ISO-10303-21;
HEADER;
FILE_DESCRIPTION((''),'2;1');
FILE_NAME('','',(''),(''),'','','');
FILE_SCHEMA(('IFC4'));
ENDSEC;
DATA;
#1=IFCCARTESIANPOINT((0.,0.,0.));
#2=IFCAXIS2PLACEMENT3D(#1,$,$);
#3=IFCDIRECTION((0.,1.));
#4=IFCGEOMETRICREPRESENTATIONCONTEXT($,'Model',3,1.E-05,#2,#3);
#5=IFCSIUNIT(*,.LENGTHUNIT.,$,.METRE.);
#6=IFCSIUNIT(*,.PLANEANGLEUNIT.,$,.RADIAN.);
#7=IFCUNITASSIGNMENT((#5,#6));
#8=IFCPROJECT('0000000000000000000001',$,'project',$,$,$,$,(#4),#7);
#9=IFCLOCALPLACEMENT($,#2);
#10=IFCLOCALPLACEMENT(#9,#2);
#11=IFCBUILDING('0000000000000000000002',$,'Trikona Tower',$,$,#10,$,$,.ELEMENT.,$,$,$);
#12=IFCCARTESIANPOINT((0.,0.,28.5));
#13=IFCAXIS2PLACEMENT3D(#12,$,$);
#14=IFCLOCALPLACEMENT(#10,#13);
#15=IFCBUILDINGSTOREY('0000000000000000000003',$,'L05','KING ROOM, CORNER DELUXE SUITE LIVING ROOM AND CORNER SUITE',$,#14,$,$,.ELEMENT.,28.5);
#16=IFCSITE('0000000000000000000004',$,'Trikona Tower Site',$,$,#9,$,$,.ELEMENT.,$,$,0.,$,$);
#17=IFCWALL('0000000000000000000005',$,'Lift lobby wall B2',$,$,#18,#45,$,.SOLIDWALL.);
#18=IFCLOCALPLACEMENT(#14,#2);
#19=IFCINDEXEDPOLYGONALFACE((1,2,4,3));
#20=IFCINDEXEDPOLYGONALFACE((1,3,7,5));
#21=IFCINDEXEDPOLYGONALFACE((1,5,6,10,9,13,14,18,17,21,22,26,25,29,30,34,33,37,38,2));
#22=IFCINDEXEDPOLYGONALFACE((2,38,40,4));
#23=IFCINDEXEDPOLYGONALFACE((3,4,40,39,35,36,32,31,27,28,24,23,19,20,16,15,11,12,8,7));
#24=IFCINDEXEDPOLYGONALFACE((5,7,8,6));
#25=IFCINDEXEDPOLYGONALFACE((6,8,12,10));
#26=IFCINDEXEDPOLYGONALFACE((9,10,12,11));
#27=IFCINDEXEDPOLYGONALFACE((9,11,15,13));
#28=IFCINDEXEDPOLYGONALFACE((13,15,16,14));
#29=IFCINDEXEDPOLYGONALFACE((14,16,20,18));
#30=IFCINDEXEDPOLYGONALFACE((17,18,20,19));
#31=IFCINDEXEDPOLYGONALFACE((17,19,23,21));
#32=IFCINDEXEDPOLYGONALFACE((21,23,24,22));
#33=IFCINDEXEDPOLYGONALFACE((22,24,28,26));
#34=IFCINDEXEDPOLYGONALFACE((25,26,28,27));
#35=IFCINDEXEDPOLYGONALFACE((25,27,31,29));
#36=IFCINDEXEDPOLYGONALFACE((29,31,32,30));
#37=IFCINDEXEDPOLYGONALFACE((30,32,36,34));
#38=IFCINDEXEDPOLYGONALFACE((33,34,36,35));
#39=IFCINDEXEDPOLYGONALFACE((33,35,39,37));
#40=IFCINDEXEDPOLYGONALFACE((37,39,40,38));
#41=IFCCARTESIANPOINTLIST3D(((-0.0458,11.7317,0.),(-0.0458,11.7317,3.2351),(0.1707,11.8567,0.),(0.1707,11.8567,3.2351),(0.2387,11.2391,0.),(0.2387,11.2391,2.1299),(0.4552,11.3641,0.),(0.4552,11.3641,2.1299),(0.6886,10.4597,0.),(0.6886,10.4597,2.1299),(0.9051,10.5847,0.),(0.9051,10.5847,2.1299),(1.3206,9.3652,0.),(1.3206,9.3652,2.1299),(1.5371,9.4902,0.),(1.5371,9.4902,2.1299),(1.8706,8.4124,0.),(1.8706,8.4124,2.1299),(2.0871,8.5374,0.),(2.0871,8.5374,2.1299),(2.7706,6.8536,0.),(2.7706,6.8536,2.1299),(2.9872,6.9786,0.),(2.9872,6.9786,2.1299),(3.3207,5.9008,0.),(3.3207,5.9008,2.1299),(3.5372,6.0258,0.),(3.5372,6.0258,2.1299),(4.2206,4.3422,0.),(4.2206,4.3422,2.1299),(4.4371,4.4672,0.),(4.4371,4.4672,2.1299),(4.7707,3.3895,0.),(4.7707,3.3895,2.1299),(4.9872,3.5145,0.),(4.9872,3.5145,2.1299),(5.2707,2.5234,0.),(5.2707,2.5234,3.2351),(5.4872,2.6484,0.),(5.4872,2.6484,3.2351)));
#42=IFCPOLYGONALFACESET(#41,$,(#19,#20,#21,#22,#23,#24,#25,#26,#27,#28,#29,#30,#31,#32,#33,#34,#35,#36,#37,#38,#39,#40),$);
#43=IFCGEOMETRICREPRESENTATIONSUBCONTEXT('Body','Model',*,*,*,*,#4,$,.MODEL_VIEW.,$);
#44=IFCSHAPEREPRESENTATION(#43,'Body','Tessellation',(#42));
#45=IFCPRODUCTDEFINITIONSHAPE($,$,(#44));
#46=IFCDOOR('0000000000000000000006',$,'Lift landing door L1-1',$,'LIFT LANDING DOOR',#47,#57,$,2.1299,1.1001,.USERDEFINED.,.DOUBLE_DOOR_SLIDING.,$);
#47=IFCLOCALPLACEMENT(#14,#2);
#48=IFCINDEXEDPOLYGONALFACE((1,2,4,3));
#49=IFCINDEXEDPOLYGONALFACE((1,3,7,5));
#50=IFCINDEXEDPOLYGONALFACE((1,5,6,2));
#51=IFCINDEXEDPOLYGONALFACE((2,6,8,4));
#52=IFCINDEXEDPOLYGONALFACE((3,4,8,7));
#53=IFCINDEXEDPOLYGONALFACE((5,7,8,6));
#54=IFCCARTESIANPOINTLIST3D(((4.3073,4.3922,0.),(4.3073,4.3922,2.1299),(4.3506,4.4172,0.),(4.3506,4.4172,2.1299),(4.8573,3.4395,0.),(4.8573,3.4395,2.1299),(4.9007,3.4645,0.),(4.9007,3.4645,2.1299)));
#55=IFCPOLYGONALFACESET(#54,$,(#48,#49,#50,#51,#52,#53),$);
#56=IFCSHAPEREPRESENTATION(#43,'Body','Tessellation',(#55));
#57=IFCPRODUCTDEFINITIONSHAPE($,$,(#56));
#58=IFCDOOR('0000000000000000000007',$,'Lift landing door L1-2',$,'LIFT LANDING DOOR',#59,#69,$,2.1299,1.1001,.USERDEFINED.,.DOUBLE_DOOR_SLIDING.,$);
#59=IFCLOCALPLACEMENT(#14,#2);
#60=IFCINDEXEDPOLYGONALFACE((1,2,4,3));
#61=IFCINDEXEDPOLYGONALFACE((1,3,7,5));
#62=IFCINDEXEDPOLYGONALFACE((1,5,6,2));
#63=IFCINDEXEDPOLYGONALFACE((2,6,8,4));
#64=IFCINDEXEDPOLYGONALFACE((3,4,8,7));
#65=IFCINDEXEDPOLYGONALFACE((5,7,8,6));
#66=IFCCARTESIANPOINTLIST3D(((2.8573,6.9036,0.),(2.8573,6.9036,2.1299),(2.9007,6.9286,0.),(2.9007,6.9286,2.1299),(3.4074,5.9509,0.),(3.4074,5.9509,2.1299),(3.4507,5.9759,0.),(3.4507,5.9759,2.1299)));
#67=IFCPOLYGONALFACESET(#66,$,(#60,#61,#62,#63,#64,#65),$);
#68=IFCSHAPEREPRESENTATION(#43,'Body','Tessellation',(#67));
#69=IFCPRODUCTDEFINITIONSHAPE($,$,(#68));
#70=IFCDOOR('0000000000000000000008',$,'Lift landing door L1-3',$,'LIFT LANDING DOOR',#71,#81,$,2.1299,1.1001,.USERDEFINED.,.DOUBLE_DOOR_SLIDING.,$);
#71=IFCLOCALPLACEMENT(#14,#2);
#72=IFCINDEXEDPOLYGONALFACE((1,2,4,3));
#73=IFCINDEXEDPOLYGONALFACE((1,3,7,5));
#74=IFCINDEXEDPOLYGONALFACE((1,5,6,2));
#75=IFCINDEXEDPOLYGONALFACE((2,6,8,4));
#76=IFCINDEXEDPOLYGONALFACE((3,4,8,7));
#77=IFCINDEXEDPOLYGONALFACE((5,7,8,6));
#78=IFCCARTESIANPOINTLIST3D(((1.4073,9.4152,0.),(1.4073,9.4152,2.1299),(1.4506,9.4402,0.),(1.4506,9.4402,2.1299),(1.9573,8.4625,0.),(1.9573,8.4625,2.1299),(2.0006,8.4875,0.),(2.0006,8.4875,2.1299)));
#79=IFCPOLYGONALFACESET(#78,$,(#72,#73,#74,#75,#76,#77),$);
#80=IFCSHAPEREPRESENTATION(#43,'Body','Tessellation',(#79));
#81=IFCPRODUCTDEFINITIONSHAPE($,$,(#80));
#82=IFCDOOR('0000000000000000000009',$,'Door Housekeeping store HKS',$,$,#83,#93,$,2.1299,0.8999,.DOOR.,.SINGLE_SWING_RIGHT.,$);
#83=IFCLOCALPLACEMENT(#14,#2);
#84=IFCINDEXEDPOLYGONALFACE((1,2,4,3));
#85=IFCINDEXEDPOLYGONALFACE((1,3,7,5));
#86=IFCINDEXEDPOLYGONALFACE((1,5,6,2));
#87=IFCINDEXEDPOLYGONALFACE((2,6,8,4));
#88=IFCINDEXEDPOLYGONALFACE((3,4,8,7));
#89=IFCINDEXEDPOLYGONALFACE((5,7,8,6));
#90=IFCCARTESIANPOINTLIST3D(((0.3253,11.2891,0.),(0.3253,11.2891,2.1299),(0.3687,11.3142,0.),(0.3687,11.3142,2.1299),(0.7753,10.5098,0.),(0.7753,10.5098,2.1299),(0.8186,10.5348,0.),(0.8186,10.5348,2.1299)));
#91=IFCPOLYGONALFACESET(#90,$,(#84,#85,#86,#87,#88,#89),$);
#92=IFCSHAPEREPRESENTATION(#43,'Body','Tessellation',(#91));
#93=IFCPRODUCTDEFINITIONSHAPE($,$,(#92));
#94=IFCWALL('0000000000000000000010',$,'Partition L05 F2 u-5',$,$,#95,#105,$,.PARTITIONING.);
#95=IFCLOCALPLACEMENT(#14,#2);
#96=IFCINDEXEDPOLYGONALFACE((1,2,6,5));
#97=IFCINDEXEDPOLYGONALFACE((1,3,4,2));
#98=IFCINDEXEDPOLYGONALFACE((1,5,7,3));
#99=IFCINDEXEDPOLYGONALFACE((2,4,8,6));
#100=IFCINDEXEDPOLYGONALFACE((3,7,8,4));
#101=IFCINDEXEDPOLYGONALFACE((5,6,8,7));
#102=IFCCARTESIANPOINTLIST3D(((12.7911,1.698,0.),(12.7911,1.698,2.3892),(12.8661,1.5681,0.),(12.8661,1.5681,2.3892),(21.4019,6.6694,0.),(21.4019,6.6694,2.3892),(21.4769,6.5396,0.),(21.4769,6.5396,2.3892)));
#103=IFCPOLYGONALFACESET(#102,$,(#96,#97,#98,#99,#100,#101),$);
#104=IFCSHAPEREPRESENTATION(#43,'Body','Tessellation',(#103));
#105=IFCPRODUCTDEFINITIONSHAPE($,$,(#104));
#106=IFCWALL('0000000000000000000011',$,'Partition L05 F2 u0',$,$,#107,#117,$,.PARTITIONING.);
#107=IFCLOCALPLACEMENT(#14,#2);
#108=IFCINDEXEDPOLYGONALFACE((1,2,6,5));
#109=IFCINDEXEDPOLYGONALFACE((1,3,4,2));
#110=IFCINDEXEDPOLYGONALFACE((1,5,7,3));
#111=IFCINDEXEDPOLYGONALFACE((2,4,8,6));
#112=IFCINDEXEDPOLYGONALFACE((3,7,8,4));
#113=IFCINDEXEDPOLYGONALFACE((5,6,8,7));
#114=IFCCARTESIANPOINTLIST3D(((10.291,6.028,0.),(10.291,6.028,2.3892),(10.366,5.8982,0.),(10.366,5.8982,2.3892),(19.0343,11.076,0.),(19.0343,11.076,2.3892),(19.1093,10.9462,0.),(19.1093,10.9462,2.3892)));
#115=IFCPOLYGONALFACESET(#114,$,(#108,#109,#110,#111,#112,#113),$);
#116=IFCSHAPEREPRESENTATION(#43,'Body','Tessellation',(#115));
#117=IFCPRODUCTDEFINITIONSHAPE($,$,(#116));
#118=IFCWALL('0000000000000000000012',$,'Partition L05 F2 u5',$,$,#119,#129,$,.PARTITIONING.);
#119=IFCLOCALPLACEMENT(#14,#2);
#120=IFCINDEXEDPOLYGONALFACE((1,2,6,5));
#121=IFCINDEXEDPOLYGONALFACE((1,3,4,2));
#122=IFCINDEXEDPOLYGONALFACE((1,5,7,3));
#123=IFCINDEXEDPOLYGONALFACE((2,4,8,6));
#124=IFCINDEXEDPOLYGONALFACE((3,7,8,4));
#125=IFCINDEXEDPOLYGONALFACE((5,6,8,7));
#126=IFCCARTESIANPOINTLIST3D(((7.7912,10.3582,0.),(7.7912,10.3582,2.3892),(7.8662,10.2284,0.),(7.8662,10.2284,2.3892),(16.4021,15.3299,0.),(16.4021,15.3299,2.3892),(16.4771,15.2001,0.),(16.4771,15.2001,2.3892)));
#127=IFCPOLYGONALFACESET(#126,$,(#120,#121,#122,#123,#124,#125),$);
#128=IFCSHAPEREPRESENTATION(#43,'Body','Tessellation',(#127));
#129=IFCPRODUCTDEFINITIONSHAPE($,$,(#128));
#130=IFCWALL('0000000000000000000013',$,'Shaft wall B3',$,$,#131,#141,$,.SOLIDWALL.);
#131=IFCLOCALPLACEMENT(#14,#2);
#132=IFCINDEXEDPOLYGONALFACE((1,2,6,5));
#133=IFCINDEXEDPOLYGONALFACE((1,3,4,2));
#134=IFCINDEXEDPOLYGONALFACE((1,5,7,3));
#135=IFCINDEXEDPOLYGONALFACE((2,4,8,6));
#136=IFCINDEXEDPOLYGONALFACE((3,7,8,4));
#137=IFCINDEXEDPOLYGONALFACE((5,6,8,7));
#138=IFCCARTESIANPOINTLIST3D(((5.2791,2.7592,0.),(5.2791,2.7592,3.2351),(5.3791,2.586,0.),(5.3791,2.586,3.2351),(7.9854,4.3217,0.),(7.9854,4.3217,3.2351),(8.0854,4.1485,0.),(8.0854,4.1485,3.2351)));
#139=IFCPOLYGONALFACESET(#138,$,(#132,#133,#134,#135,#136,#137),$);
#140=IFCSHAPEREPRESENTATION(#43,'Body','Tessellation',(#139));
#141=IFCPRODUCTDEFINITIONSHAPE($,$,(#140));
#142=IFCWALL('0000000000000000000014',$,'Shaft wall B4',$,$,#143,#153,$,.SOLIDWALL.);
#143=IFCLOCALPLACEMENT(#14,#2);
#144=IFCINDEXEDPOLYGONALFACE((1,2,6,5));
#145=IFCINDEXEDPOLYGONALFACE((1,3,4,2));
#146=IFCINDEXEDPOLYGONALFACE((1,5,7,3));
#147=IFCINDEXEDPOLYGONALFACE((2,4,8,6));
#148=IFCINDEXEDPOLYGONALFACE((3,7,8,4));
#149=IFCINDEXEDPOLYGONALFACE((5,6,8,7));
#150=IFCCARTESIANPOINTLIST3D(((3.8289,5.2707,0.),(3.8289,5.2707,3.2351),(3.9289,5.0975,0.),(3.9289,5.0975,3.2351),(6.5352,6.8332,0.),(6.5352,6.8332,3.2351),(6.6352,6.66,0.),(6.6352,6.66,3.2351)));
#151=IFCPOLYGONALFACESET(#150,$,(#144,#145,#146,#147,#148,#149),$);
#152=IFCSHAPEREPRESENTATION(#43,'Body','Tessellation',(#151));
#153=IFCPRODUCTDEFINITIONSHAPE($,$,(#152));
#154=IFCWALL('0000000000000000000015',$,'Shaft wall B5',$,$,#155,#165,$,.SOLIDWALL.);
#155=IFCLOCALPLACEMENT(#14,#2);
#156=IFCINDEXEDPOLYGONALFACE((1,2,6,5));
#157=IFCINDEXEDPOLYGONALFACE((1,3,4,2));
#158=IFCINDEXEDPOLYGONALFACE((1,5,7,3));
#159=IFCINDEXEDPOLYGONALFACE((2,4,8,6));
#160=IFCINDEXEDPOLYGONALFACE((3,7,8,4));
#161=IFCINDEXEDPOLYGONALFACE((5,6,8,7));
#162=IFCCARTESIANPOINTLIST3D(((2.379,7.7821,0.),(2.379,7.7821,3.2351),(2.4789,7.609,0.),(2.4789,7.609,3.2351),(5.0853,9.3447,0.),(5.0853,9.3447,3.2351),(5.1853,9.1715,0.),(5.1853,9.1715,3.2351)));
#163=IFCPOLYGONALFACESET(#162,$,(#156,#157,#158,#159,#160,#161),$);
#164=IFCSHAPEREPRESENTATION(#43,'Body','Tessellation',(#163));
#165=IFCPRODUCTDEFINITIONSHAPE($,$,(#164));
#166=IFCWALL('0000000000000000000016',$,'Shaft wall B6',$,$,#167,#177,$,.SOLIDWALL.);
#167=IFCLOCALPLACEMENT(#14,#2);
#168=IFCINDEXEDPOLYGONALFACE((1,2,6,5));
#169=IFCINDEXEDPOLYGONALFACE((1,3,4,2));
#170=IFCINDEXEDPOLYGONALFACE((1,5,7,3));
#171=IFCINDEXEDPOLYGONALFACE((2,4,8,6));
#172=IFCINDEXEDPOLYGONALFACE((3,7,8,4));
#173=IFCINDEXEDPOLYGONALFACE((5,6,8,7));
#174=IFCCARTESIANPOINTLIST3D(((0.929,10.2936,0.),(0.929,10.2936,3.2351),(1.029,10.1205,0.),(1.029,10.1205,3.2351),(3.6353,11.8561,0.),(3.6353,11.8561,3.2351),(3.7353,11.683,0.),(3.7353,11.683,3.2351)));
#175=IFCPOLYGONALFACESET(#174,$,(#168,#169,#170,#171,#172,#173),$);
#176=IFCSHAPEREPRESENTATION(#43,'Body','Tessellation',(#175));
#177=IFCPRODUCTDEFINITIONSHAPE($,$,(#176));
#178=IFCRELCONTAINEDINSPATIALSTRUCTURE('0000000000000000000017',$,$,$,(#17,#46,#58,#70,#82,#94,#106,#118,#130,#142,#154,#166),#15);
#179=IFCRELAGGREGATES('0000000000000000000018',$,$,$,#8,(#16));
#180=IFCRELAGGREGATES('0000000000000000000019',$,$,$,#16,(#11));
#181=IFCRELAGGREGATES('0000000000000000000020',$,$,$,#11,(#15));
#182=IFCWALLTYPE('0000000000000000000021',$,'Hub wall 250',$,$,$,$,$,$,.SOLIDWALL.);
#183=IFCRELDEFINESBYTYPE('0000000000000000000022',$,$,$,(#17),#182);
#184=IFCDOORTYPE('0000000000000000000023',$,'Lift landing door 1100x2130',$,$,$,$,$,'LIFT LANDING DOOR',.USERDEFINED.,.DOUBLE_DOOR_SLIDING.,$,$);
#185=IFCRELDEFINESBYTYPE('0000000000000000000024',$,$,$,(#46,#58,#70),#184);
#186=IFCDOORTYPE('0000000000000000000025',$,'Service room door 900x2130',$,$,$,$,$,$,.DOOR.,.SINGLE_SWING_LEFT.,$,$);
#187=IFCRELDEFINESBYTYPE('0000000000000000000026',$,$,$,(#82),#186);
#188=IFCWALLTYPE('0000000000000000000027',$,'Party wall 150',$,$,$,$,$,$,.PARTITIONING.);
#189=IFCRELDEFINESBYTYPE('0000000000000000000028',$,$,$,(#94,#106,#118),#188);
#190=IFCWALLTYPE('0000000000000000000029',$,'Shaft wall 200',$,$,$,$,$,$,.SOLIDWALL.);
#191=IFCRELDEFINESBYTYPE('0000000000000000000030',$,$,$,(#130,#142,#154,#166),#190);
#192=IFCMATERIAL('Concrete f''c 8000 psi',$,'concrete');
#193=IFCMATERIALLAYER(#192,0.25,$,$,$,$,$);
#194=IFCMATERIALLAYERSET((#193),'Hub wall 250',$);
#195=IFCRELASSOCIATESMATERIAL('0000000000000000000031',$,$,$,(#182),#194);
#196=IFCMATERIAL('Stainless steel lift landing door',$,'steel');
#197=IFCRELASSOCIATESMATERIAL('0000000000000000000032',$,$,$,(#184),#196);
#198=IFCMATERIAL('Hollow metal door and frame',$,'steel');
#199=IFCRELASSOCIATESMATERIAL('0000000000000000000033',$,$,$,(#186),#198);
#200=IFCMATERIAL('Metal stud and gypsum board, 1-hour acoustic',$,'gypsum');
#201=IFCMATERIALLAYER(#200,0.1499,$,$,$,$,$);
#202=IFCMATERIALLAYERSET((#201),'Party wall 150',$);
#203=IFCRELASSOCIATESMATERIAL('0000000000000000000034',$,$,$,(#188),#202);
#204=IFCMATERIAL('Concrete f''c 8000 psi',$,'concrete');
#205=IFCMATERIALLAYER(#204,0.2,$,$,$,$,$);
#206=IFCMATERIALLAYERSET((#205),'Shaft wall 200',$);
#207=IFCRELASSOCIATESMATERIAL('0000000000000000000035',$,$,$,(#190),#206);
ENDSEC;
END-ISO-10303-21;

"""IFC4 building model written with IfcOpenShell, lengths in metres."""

from ifc_helpers import new_model, si_unit, direction, frame, frame_2d, origin, place, context, subcontext, project, spatial, rectangle, extrude, material, layer, layer_set, type_object, element, fill, save


model = new_model("IFC4")

# Units and contexts
model_context = context("Model", 3, precision=1e-05, world=origin(), true_north=direction((0.0, 1.0)))
body_context = subcontext(model_context, "Body", "Model", "MODEL_VIEW")
ifc_project = project(units=[si_unit("LENGTHUNIT", "METRE"), si_unit("PLANEANGLEUNIT", "RADIAN")], contexts=[model_context])

# Site, building, storey
site_placement = place(None, origin())
site = spatial("IfcSite", under=ifc_project, at=site_placement, Name="Trikona Tower Site", CompositionType="ELEMENT", RefElevation=0.0)
building_placement = place(site_placement, origin())
building = spatial("IfcBuilding", under=site, at=building_placement, Name="Trikona Tower", CompositionType="ELEMENT")
storey_placement = place(building_placement, frame((0.0, 0.0, 28.5)))
storey = spatial("IfcBuildingStorey", under=building, at=storey_placement, Name="L05", Description="KING ROOM, CORNER DELUXE SUITE LIVING ROOM AND CORNER SUITE", CompositionType="ELEMENT", Elevation=28.5)

# Wall, openings, doors
ifc_material_1 = material(Name="Concrete f'c 8000 psi", Category="concrete")
ifc_layer_1 = layer(ifc_material_1, 0.25)
ifc_layer_set_1 = layer_set([ifc_layer_1], Name="Hub wall 250")
wall_type_1 = type_object("IfcWallType", Name="Hub wall 250", PredefinedType="SOLIDWALL", material=ifc_layer_set_1)
wall_1_placement = place(storey_placement, frame((5.3789, 2.5859, 0.0), z_axis=(0.0, 0.0, 1.0), x_axis=(-0.500001, 0.866025, 0.0)))
wall_1 = element("IfcWall", 1, at=wall_1_placement, inside=storey, type_object=wall_type_1, Name="Lift lobby wall B2", PredefinedType="SOLIDWALL", context=body_context, shape_type="SweptSolid", body=[
    extrude(rectangle(XDim=10.6328, YDim=0.25, at=frame_2d((5.3164, 0.0))), origin(), (0.0, 0.0, 1.0), 3.2351),
])
opening_1_placement = place(wall_1_placement, frame((9.1641, 0.0, 0.0)))
opening_1 = element("IfcOpeningElement", 2, at=opening_1_placement, cuts=wall_1, PredefinedType="OPENING", context=body_context, shape_type="SweptSolid", body=[
    extrude(rectangle(XDim=0.8999, YDim=2.1299, at=frame_2d((0.45, 1.0649))), frame((0.0, 0.135, 0.0), z_axis=(0.0, -1.0, 0.0), x_axis=(1.0, 0.0, 0.0)), (0.0, 0.0, 1.0), 0.27),
])
opening_2_placement = place(wall_1_placement, frame((1.0, 0.0, 0.0)))
opening_2 = element("IfcOpeningElement", 3, at=opening_2_placement, cuts=wall_1, PredefinedType="OPENING", context=body_context, shape_type="SweptSolid", body=[
    extrude(rectangle(XDim=1.1001, YDim=2.1299, at=frame_2d((0.55, 1.0649))), frame((0.0, 0.135, 0.0), z_axis=(0.0, -1.0, 0.0), x_axis=(1.0, 0.0, 0.0)), (0.0, 0.0, 1.0), 0.27),
])
opening_3_placement = place(wall_1_placement, frame((3.8999, 0.0, 0.0)))
opening_3 = element("IfcOpeningElement", 4, at=opening_3_placement, cuts=wall_1, PredefinedType="OPENING", context=body_context, shape_type="SweptSolid", body=[
    extrude(rectangle(XDim=1.1001, YDim=2.1299, at=frame_2d((0.55, 1.0649))), frame((0.0, 0.135, 0.0), z_axis=(0.0, -1.0, 0.0), x_axis=(1.0, 0.0, 0.0)), (0.0, 0.0, 1.0), 0.27),
])
opening_4_placement = place(wall_1_placement, frame((6.8, 0.0, 0.0)))
opening_4 = element("IfcOpeningElement", 5, at=opening_4_placement, cuts=wall_1, PredefinedType="OPENING", context=body_context, shape_type="SweptSolid", body=[
    extrude(rectangle(XDim=1.1001, YDim=2.1299, at=frame_2d((0.55, 1.0649))), frame((0.0, 0.135, 0.0), z_axis=(0.0, -1.0, 0.0), x_axis=(1.0, 0.0, 0.0)), (0.0, 0.0, 1.0), 0.27),
])
ifc_material_2 = material(Name="Stainless steel lift landing door", Category="steel")
door_type_1 = type_object("IfcDoorType", Name="Lift landing door 1100x2130", ElementType="LIFT LANDING DOOR", OperationType="DOUBLE_DOOR_SLIDING", PredefinedType="USERDEFINED", material=ifc_material_2)
door_1_placement = place(opening_2_placement, origin())
door_1 = element("IfcDoor", 6, at=door_1_placement, inside=storey, type_object=door_type_1, Name="Lift landing door L1-1", ObjectType="LIFT LANDING DOOR", OperationType="DOUBLE_DOOR_SLIDING", OverallHeight=2.1299, OverallWidth=1.1001, PredefinedType="USERDEFINED", context=body_context, shape_type="SweptSolid", body=[
    extrude(rectangle(XDim=1.1001, YDim=2.1299, at=frame_2d((0.55, 1.0649))), frame((0.0, 0.0249, 0.0), z_axis=(0.0, -1.0, 0.0), x_axis=(1.0, 0.0, 0.0)), (0.0, 0.0, 1.0), 0.05),
])
fill(opening_2, door_1)
door_2_placement = place(opening_3_placement, origin())
door_2 = element("IfcDoor", 7, at=door_2_placement, inside=storey, type_object=door_type_1, Name="Lift landing door L1-2", ObjectType="LIFT LANDING DOOR", OperationType="DOUBLE_DOOR_SLIDING", OverallHeight=2.1299, OverallWidth=1.1001, PredefinedType="USERDEFINED", context=body_context, shape_type="SweptSolid", body=[
    extrude(rectangle(XDim=1.1001, YDim=2.1299, at=frame_2d((0.55, 1.0649))), frame((0.0, 0.0249, 0.0), z_axis=(0.0, -1.0, 0.0), x_axis=(1.0, 0.0, 0.0)), (0.0, 0.0, 1.0), 0.05),
])
fill(opening_3, door_2)
door_3_placement = place(opening_4_placement, origin())
door_3 = element("IfcDoor", 8, at=door_3_placement, inside=storey, type_object=door_type_1, Name="Lift landing door L1-3", ObjectType="LIFT LANDING DOOR", OperationType="DOUBLE_DOOR_SLIDING", OverallHeight=2.1299, OverallWidth=1.1001, PredefinedType="USERDEFINED", context=body_context, shape_type="SweptSolid", body=[
    extrude(rectangle(XDim=1.1001, YDim=2.1299, at=frame_2d((0.55, 1.0649))), frame((0.0, 0.0249, 0.0), z_axis=(0.0, -1.0, 0.0), x_axis=(1.0, 0.0, 0.0)), (0.0, 0.0, 1.0), 0.05),
])
fill(opening_4, door_3)
ifc_material_3 = material(Name="Hollow metal door and frame", Category="steel")
door_type_2 = type_object("IfcDoorType", Name="Service room door 900x2130", OperationType="SINGLE_SWING_LEFT", PredefinedType="DOOR", material=ifc_material_3)
door_4_placement = place(opening_1_placement, origin())
door_4 = element("IfcDoor", 9, at=door_4_placement, inside=storey, type_object=door_type_2, Name="Door Housekeeping store HKS", OperationType="SINGLE_SWING_RIGHT", OverallHeight=2.1299, OverallWidth=0.8999, PredefinedType="DOOR", context=body_context, shape_type="SweptSolid", body=[
    extrude(rectangle(XDim=0.8999, YDim=2.1299, at=frame_2d((0.45, 1.0649))), frame((0.0, 0.0249, 0.0), z_axis=(0.0, -1.0, 0.0), x_axis=(1.0, 0.0, 0.0)), (0.0, 0.0, 1.0), 0.05),
])
fill(opening_1, door_4)

# Walls
ifc_material_4 = material(Name="Metal stud and gypsum board, 1-hour acoustic", Category="gypsum")
ifc_layer_2 = layer(ifc_material_4, 0.1499)
ifc_layer_set_2 = layer_set([ifc_layer_2], Name="Party wall 150")
wall_type_2 = type_object("IfcWallType", Name="Party wall 150", PredefinedType="PARTITIONING", material=ifc_layer_set_2)
wall_2_placement = place(storey_placement, frame((12.8286, 1.6331, 0.0), z_axis=(0.0, 0.0, 1.0), x_axis=(0.866027, 0.499997, 0.0)))
element("IfcWall", 10, at=wall_2_placement, inside=storey, type_object=wall_type_2, Name="Partition L05 F2 u-5", PredefinedType="PARTITIONING", context=body_context, shape_type="SweptSolid", body=[
    extrude(rectangle(XDim=9.9429, YDim=0.1499, at=frame_2d((4.9714, 0.0))), origin(), (0.0, 0.0, 1.0), 2.3892),
])
wall_3_placement = place(storey_placement, frame((10.3286, 5.9631, 0.0), z_axis=(0.0, 0.0, 1.0), x_axis=(0.866022, 0.500006, 0.0)))
element("IfcWall", 11, at=wall_3_placement, inside=storey, type_object=wall_type_2, Name="Partition L05 F2 u0", PredefinedType="PARTITIONING", context=body_context, shape_type="SweptSolid", body=[
    extrude(rectangle(XDim=10.0959, YDim=0.1499, at=frame_2d((5.0479, 0.0))), origin(), (0.0, 0.0, 1.0), 2.3892),
])
wall_4_placement = place(storey_placement, frame((7.8286, 10.2932, 0.0), z_axis=(0.0, 0.0, 1.0), x_axis=(0.866016, 0.500016, 0.0)))
element("IfcWall", 12, at=wall_4_placement, inside=storey, type_object=wall_type_2, Name="Partition L05 F2 u5", PredefinedType="PARTITIONING", context=body_context, shape_type="SweptSolid", body=[
    extrude(rectangle(XDim=9.9431, YDim=0.1499, at=frame_2d((4.9717, 0.0))), origin(), (0.0, 0.0, 1.0), 2.3892),
])
ifc_material_5 = material(Name="Concrete f'c 8000 psi", Category="concrete")
ifc_layer_3 = layer(ifc_material_5, 0.2)
ifc_layer_set_3 = layer_set([ifc_layer_3], Name="Shaft wall 200")
wall_type_3 = type_object("IfcWallType", Name="Shaft wall 200", PredefinedType="SOLIDWALL", material=ifc_layer_set_3)
for number, where, z_axis, x_axis, name in (
    (13, (5.3291, 2.6726, 0.0), (0.0, 0.0, 1.0), (0.866023, 0.500004, 0.0), "Shaft wall B3"),
    (14, (3.8789, 5.1841, 0.0), (0.0, 0.0, 1.0), (0.866023, 0.500004, 0.0), "Shaft wall B4"),
    (15, (2.429, 7.6956, 0.0), (0.0, 0.0, 1.0), (0.866023, 0.500004, 0.0), "Shaft wall B5"),
    (16, (0.979, 10.207, 0.0), (0.0, 0.0, 1.0), (0.866023, 0.500004, 0.0), "Shaft wall B6"),
):
    element("IfcWall", number, at=place(storey_placement, frame(where, z_axis=z_axis, x_axis=x_axis)), inside=storey, type_object=wall_type_3, Name=name, PredefinedType="SOLIDWALL", context=body_context, shape_type="SweptSolid", body=[
        extrude(rectangle(XDim=3.125, YDim=0.2, at=frame_2d((1.5625, 0.0))), origin(), (0.0, 0.0, 1.0), 3.2351),
    ])

save(model, "model.ifc")
